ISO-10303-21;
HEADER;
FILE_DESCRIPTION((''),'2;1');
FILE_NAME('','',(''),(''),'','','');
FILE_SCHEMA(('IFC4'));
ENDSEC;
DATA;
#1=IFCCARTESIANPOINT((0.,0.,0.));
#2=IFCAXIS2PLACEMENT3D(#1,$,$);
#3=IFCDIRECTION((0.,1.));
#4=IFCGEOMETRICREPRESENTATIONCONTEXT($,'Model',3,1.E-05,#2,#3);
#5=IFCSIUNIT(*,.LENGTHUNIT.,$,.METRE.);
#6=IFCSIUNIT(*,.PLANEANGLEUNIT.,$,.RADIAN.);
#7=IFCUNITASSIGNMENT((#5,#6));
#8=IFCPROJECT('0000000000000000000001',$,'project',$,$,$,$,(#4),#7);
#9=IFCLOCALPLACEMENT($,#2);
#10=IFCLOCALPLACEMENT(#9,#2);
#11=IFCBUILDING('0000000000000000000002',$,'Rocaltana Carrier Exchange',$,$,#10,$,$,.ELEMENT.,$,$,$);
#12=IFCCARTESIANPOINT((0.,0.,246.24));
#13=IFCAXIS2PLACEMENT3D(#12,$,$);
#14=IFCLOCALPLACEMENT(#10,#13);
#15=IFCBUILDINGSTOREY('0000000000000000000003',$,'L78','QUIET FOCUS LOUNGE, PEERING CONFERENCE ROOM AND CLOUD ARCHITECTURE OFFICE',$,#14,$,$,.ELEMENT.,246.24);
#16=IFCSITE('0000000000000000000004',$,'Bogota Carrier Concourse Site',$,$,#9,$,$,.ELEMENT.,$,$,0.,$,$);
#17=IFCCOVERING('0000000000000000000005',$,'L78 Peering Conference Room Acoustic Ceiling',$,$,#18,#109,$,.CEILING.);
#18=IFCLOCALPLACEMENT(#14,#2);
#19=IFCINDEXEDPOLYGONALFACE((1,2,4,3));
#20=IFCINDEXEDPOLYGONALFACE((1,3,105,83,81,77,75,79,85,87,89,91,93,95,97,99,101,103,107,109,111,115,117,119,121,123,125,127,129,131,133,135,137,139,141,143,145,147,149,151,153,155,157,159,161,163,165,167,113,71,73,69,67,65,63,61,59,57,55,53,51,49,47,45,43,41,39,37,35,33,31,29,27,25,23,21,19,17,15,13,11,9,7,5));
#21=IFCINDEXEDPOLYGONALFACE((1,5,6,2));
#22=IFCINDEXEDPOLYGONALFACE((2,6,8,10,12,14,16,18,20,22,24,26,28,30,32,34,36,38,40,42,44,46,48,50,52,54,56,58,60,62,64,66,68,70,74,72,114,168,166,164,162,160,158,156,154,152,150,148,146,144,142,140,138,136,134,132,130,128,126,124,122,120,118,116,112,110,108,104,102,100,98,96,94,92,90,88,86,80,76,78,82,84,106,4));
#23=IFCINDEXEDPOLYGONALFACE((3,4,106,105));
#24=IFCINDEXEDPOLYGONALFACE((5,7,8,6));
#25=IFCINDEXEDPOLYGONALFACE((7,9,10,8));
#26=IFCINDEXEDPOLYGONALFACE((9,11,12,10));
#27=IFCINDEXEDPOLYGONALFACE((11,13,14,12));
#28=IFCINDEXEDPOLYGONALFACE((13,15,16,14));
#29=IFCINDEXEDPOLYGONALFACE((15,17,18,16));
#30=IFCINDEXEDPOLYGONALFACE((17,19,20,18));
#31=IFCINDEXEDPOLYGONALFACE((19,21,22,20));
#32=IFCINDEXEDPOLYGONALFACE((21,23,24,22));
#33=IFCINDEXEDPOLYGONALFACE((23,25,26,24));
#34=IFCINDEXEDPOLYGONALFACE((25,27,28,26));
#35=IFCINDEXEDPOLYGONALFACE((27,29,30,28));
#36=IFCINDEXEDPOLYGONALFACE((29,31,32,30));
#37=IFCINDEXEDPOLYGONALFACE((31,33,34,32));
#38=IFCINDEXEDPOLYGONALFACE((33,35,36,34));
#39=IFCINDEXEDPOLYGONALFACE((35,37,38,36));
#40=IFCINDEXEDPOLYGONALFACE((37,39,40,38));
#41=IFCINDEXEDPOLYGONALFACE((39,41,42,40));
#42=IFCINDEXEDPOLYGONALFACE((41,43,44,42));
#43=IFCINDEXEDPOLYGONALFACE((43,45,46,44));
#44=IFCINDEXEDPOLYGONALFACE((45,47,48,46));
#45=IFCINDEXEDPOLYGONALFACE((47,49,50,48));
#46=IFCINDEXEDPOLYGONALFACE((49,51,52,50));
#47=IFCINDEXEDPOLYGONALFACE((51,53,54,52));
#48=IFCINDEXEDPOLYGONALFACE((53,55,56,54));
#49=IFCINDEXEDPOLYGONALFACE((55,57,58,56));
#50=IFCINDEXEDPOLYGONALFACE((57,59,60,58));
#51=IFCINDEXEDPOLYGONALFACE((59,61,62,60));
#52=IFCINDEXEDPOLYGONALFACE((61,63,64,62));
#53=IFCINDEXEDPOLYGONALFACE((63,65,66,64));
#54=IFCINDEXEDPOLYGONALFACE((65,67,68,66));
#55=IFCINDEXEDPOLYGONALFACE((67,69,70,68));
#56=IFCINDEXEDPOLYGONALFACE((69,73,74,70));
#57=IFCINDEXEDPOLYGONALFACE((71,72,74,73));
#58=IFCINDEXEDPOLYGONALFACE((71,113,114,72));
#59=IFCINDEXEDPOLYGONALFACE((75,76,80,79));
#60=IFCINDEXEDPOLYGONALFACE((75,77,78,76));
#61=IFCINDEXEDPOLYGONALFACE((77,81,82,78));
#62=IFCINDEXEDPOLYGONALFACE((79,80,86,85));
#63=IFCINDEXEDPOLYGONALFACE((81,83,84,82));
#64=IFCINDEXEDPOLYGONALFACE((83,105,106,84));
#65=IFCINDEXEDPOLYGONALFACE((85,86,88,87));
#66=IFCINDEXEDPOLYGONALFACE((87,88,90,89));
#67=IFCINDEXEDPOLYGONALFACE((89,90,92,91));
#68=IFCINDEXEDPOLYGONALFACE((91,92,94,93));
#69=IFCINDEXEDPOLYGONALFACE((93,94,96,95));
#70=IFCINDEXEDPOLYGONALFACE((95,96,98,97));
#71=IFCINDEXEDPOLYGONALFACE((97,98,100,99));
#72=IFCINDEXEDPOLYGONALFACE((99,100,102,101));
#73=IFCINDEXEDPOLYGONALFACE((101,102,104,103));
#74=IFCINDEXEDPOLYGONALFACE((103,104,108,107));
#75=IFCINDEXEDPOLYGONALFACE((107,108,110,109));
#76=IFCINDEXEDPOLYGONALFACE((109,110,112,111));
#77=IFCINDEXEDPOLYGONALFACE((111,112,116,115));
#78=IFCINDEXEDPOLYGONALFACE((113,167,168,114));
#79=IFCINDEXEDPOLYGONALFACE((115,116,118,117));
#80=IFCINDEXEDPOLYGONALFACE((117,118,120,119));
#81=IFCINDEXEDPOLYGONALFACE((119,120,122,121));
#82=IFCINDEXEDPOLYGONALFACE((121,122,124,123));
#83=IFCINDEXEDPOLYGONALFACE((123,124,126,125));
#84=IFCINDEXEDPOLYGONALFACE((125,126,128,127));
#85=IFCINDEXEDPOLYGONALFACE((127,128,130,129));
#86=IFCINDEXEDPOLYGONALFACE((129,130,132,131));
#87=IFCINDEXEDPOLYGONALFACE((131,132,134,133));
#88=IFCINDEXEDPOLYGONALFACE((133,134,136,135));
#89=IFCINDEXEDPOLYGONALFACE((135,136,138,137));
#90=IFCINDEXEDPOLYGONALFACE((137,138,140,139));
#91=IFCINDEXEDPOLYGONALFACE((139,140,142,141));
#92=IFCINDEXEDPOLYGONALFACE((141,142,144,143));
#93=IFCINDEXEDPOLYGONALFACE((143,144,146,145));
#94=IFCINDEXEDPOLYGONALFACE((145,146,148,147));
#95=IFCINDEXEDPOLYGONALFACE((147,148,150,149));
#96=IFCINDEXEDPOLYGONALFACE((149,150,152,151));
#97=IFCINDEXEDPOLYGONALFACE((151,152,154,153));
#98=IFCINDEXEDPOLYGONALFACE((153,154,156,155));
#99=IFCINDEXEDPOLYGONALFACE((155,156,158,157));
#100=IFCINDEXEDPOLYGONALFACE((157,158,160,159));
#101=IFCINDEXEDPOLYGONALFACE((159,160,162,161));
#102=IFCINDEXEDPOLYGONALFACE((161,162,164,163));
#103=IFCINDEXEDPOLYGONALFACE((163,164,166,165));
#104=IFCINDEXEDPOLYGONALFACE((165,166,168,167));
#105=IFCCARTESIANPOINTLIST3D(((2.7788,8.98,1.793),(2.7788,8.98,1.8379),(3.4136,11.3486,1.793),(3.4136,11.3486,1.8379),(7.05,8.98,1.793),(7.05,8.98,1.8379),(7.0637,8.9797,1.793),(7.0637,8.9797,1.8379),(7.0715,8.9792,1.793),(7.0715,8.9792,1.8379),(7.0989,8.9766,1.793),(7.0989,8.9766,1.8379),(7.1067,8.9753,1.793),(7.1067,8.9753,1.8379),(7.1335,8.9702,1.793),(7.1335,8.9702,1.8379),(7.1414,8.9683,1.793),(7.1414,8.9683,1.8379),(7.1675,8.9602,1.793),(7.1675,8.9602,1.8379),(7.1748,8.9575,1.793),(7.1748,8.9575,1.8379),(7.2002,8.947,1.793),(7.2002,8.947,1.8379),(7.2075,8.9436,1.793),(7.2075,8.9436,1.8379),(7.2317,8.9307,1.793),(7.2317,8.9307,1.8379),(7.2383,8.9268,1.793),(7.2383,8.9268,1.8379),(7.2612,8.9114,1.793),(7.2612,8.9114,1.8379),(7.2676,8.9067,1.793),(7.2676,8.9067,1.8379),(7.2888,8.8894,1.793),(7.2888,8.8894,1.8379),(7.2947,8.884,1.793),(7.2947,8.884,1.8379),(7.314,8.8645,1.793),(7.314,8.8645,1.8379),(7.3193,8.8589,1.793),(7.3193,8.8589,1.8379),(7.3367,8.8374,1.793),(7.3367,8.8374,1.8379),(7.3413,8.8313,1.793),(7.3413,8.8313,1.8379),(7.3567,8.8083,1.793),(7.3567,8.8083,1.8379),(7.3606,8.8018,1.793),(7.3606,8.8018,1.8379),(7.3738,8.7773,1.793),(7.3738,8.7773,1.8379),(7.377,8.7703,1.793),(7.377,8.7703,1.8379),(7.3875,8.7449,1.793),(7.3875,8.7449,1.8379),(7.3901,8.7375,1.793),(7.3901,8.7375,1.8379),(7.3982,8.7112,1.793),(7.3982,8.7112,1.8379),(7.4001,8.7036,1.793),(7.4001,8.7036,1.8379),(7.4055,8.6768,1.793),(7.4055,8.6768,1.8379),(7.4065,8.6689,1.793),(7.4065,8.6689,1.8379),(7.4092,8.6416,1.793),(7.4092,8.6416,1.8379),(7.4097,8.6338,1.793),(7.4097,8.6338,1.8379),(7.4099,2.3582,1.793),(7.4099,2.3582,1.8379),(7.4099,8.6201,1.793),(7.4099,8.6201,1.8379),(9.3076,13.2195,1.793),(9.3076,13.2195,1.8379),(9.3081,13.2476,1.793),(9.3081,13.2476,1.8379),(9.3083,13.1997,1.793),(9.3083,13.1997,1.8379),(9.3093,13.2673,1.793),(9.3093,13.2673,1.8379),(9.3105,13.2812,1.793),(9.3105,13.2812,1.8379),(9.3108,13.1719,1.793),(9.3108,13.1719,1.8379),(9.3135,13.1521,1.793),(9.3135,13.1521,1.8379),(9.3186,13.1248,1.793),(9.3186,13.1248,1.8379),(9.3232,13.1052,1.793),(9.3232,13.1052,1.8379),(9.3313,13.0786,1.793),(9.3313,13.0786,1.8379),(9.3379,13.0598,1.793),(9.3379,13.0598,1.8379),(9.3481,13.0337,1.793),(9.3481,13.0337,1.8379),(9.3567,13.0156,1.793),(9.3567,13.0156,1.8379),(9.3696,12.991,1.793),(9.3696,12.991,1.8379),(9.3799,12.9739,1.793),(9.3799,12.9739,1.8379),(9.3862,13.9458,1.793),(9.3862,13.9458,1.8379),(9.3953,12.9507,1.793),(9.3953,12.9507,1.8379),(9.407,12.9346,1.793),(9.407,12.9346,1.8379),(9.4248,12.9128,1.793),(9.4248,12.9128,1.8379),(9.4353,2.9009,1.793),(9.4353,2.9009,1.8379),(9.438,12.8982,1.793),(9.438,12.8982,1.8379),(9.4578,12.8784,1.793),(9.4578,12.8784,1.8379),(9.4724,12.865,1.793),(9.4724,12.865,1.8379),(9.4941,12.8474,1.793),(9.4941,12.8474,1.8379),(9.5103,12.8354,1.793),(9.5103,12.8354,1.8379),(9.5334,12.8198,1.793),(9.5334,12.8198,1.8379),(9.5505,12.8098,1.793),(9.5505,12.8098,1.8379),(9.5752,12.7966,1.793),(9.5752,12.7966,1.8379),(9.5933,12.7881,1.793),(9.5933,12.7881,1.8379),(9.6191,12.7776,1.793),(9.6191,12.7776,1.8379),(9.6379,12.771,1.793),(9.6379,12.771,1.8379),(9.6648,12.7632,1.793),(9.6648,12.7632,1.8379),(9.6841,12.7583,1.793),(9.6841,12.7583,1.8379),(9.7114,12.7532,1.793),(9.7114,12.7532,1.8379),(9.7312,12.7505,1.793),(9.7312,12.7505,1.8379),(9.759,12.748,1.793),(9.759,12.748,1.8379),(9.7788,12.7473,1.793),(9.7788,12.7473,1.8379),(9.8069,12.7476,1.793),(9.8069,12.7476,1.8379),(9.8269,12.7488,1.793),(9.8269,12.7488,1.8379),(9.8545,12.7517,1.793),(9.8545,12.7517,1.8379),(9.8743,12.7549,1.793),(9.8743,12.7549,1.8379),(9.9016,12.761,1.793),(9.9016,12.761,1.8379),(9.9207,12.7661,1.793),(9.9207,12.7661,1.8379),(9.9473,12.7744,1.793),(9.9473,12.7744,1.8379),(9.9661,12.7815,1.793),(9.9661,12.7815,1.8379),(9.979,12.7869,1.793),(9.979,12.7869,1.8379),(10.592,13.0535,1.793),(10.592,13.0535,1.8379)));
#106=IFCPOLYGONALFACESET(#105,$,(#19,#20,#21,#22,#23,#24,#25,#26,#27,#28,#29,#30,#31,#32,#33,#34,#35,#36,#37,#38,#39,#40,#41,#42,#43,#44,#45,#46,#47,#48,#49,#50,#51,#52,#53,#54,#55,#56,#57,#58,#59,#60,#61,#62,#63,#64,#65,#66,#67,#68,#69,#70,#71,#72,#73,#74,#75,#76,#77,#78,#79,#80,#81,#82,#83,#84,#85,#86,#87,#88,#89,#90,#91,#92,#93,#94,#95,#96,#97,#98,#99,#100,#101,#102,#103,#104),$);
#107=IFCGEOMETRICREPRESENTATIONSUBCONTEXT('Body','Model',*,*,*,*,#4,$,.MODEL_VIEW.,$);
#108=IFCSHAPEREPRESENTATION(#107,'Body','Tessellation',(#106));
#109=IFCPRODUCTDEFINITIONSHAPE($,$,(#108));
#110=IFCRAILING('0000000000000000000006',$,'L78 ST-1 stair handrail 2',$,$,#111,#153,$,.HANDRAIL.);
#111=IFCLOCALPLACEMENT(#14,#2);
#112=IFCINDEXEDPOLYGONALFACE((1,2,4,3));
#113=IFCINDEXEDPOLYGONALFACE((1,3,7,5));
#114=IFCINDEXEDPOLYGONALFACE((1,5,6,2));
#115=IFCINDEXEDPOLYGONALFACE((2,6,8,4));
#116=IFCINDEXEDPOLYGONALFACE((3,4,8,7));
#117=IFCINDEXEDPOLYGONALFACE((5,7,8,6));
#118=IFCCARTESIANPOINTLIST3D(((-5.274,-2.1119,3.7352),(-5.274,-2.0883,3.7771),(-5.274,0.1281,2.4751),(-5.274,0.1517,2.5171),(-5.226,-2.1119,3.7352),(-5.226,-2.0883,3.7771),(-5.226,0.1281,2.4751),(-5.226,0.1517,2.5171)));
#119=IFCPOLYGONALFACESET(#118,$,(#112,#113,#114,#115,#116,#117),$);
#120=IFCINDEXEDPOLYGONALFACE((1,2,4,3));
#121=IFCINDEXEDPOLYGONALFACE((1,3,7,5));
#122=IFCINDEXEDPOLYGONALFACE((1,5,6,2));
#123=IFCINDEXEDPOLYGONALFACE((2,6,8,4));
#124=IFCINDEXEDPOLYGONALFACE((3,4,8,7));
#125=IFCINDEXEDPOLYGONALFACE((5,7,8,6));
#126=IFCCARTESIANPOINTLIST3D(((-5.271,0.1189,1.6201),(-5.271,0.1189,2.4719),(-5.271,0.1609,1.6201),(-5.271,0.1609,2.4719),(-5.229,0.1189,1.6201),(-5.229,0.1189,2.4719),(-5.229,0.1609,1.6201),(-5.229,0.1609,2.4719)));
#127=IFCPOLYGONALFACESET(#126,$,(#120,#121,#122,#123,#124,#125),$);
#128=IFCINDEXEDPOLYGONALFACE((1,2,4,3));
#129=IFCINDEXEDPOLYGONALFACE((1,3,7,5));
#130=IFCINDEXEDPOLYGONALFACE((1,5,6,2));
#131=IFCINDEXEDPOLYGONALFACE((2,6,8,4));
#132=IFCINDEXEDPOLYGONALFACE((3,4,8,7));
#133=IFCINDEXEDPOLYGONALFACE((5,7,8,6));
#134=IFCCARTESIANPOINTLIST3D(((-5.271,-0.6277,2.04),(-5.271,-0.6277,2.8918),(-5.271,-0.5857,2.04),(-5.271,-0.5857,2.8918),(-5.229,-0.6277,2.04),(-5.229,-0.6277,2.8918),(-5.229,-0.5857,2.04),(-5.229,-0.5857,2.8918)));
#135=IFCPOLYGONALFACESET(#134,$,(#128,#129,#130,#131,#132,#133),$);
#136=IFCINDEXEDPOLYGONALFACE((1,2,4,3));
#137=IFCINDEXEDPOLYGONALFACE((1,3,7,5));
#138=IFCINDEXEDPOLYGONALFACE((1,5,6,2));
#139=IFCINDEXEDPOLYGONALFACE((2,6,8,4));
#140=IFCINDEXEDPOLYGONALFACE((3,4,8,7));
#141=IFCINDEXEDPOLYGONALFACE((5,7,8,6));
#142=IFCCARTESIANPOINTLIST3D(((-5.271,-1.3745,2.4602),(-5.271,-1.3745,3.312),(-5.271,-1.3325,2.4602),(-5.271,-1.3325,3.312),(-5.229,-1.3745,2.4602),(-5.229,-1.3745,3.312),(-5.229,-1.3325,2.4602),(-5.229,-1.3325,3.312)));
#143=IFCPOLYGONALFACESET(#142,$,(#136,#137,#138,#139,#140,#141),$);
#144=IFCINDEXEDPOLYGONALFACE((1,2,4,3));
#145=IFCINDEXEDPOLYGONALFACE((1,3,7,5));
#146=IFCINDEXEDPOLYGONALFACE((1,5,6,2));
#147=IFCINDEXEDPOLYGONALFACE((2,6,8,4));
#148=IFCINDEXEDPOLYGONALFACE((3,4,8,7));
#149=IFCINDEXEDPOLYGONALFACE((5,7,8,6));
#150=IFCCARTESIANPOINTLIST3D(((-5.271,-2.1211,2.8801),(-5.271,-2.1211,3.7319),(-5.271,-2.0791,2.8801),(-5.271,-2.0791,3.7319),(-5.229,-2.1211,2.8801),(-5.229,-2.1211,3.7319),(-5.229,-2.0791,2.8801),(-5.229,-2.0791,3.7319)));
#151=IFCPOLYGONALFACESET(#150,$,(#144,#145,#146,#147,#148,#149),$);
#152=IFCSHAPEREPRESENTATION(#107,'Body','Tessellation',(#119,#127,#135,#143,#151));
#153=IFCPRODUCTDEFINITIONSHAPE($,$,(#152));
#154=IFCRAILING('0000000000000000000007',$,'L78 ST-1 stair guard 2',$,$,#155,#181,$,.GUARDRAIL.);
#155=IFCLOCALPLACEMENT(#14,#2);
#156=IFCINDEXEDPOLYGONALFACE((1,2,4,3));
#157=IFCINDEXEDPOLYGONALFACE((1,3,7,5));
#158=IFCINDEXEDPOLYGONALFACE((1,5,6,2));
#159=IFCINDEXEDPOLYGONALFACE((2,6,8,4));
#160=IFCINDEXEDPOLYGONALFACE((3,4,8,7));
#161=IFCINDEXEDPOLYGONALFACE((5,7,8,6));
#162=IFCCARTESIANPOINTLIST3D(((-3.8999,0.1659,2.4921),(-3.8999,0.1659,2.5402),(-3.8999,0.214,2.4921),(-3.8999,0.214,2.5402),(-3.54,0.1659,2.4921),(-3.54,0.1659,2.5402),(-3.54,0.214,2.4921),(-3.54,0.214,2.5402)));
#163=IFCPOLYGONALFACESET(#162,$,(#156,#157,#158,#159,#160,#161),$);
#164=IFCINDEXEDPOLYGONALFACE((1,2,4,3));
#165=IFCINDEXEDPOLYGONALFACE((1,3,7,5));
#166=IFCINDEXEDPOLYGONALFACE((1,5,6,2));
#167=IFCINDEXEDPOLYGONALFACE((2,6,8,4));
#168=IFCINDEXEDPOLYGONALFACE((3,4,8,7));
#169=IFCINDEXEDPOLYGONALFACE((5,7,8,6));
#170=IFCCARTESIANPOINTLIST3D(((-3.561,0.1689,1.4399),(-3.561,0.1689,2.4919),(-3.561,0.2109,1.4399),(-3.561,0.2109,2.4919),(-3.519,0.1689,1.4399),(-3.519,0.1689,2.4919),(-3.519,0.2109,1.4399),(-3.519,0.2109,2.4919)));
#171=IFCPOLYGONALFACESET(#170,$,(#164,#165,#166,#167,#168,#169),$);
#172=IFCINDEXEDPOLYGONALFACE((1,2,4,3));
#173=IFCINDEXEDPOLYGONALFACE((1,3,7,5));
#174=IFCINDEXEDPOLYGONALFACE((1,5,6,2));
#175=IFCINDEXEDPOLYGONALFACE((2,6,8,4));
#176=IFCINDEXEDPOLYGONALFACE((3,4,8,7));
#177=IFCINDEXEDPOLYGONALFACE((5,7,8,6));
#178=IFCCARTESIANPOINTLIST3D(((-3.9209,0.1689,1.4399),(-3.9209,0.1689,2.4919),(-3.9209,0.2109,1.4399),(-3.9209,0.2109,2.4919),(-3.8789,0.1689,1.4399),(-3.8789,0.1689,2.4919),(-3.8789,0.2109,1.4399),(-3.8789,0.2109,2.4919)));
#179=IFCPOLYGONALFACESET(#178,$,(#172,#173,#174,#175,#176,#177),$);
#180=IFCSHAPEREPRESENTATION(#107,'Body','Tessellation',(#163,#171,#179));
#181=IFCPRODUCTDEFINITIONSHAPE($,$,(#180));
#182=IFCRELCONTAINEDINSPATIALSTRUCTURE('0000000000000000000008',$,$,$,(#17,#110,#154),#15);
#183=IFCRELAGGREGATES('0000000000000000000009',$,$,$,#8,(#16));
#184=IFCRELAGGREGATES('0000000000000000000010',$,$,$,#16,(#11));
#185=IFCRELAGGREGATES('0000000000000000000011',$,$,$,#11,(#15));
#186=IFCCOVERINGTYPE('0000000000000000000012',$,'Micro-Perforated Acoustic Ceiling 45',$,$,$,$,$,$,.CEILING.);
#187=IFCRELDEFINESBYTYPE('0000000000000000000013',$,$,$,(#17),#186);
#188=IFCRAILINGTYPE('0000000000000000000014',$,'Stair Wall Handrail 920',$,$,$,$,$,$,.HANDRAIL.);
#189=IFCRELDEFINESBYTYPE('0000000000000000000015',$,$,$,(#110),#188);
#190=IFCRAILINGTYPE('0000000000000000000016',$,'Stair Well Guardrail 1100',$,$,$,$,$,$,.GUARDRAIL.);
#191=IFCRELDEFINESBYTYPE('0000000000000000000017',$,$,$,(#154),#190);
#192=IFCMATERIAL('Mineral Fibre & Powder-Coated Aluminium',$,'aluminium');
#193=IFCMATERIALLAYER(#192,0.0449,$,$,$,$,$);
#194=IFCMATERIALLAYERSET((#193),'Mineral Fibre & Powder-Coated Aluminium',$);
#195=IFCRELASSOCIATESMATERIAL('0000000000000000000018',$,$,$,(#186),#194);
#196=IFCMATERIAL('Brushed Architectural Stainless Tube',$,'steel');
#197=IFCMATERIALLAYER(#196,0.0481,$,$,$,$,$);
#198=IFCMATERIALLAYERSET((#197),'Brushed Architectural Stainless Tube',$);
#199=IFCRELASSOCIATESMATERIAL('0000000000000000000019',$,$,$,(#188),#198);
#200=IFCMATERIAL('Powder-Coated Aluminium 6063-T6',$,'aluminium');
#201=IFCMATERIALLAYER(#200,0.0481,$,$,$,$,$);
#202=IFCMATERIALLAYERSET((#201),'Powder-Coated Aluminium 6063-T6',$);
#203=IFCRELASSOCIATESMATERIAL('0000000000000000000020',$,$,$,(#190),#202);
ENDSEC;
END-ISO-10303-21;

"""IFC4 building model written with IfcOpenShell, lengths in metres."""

from ifc_helpers import new_model, si_unit, direction, frame, origin, origin_2d, place, context, subcontext, project, spatial, polyline, rectangle, outline, extrude, material, layer, layer_set, type_object, element, save


model = new_model("IFC4")

# Units and contexts
model_context = context("Model", 3, precision=1e-05, world=origin(), true_north=direction((0.0, 1.0)))
body_context = subcontext(model_context, "Body", "Model", "MODEL_VIEW")
ifc_project = project(units=[si_unit("LENGTHUNIT", "METRE"), si_unit("PLANEANGLEUNIT", "RADIAN")], contexts=[model_context])

# Site, building, storey
site_placement = place(None, origin())
site = spatial("IfcSite", under=ifc_project, at=site_placement, Name="Bogota Carrier Concourse Site", CompositionType="ELEMENT", RefElevation=0.0)
building_placement = place(site_placement, origin())
building = spatial("IfcBuilding", under=site, at=building_placement, Name="Rocaltana Carrier Exchange", CompositionType="ELEMENT")
storey_placement = place(building_placement, frame((0.0, 0.0, 246.24)))
storey = spatial("IfcBuildingStorey", under=building, at=storey_placement, Name="L78", Description="QUIET FOCUS LOUNGE, PEERING CONFERENCE ROOM AND CLOUD ARCHITECTURE OFFICE", CompositionType="ELEMENT", Elevation=246.24)

# Covering
ifc_material_1 = material(Name="Mineral Fibre & Powder-Coated Aluminium", Category="aluminium")
ifc_layer_1 = layer(ifc_material_1, 0.0449)
ifc_layer_set_1 = layer_set([ifc_layer_1], Name="Mineral Fibre & Powder-Coated Aluminium")
covering_type_1 = type_object("IfcCoveringType", Name="Micro-Perforated Acoustic Ceiling 45", PredefinedType="CEILING", material=ifc_layer_set_1)
covering_1_placement = place(storey_placement, frame((0.0, 0.0, 1.793)))
element("IfcCovering", 1, at=covering_1_placement, inside=storey, type_object=covering_type_1, Name="L78 Peering Conference Room Acoustic Ceiling", PredefinedType="CEILING", context=body_context, shape_type="SweptSolid", body=[
    extrude(outline(polyline([(9.3862, 13.9458), (9.3105, 13.2812), (9.3093, 13.2673), (9.3081, 13.2476), (9.3076, 13.2195), (9.3083, 13.1997), (9.3108, 13.1719), (9.3135, 13.1521), (9.3186, 13.1248), (9.3232, 13.1052), (9.3313, 13.0786), (9.3379, 13.0598), (9.3481, 13.0337), (9.3567, 13.0156), (9.3696, 12.991), (9.3799, 12.9739), (9.3953, 12.9507), (9.407, 12.9346), (9.4248, 12.9128), (9.438, 12.8982), (9.4578, 12.8784), (9.4724, 12.865), (9.4941, 12.8474), (9.5103, 12.8354), (9.5334, 12.8198), (9.5505, 12.8098), (9.5752, 12.7966), (9.5933, 12.7881), (9.6191, 12.7776), (9.6379, 12.771), (9.6648, 12.7632), (9.6841, 12.7583), (9.7114, 12.7532), (9.7312, 12.7505), (9.759, 12.748), (9.7788, 12.7473), (9.8069, 12.7476), (9.8269, 12.7488), (9.8545, 12.7517), (9.8743, 12.7549), (9.9016, 12.761), (9.9207, 12.7661), (9.9473, 12.7744), (9.9661, 12.7815), (9.979, 12.7869), (10.592, 13.0535), (9.4353, 2.9009), (7.4099, 2.3582), (7.4099, 8.6201), (7.4097, 8.6338), (7.4092, 8.6416), (7.4065, 8.6689), (7.4055, 8.6768), (7.4001, 8.7036), (7.3982, 8.7112), (7.3901, 8.7375), (7.3875, 8.7449), (7.377, 8.7703), (7.3738, 8.7773), (7.3606, 8.8018), (7.3567, 8.8083), (7.3413, 8.8313), (7.3367, 8.8374), (7.3193, 8.8589), (7.314, 8.8645), (7.2947, 8.884), (7.2888, 8.8894), (7.2676, 8.9067), (7.2612, 8.9114), (7.2383, 8.9268), (7.2317, 8.9307), (7.2075, 8.9436), (7.2002, 8.947), (7.1748, 8.9575), (7.1675, 8.9602), (7.1414, 8.9683), (7.1335, 8.9702), (7.1067, 8.9753), (7.0989, 8.9766), (7.0715, 8.9792), (7.0637, 8.9797), (7.05, 8.98), (2.7788, 8.98), (3.4136, 11.3486), (9.3862, 13.9458)])), origin(), (0.0, 0.0, 1.0), 0.0449),
])

# Railings
ifc_material_2 = material(Name="Brushed Architectural Stainless Tube", Category="steel")
ifc_layer_2 = layer(ifc_material_2, 0.0481)
ifc_layer_set_2 = layer_set([ifc_layer_2], Name="Brushed Architectural Stainless Tube")
railing_type_1 = type_object("IfcRailingType", Name="Stair Wall Handrail 920", PredefinedType="HANDRAIL", material=ifc_layer_set_2)
railing_1_placement = place(storey_placement, frame((-5.25, 0.1399, 1.6201)))
element("IfcRailing", 2, at=railing_1_placement, inside=storey, type_object=railing_type_1, Name="L78 ST-1 stair handrail 2", PredefinedType="HANDRAIL", context=body_context, shape_type="SweptSolid", body=[
    extrude(rectangle(XDim=0.0481, YDim=0.0481, at=origin_2d()), frame((0.0, 0.0, 0.876), z_axis=(0.0, -0.871573, 0.490266), x_axis=(1.0, 0.0, 0.0)), (0.0, 0.0, 1.0), 2.5701),
    extrude(rectangle(XDim=0.042, YDim=0.042, at=origin_2d()), origin(), (0.0, 0.0, 1.0), 0.8518),
    extrude(rectangle(XDim=0.042, YDim=0.042, at=origin_2d()), frame((0.0, -0.7466, 0.4199)), (0.0, 0.0, 1.0), 0.8518),
    extrude(rectangle(XDim=0.042, YDim=0.042, at=origin_2d()), frame((0.0, -1.4934, 0.8401)), (0.0, 0.0, 1.0), 0.8518),
    extrude(rectangle(XDim=0.042, YDim=0.042, at=origin_2d()), frame((0.0, -2.24, 1.26)), (0.0, 0.0, 1.0), 0.8518),
])
ifc_material_3 = material(Name="Powder-Coated Aluminium 6063-T6", Category="aluminium")
ifc_layer_3 = layer(ifc_material_3, 0.0481)
ifc_layer_set_3 = layer_set([ifc_layer_3], Name="Powder-Coated Aluminium 6063-T6")
railing_type_2 = type_object("IfcRailingType", Name="Stair Well Guardrail 1100", PredefinedType="GUARDRAIL", material=ifc_layer_set_3)
railing_2_placement = place(storey_placement, frame((-3.54, 0.1899, 1.4399)))
element("IfcRailing", 3, at=railing_2_placement, inside=storey, type_object=railing_type_2, Name="L78 ST-1 stair guard 2", PredefinedType="GUARDRAIL", context=body_context, shape_type="SweptSolid", body=[
    extrude(rectangle(XDim=0.0481, YDim=0.0481, at=origin_2d()), frame((0.0, 0.0, 1.0762), z_axis=(-1.0, 0.0, 0.0), x_axis=(0.0, -1.0, 0.0)), (0.0, 0.0, 1.0), 0.3599),
    extrude(rectangle(XDim=0.042, YDim=0.042, at=origin_2d()), origin(), (0.0, 0.0, 1.0), 1.052),
    extrude(rectangle(XDim=0.042, YDim=0.042, at=origin_2d()), frame((-0.3599, 0.0, 0.0)), (0.0, 0.0, 1.0), 1.052),
])

save(model, "model.ifc")
